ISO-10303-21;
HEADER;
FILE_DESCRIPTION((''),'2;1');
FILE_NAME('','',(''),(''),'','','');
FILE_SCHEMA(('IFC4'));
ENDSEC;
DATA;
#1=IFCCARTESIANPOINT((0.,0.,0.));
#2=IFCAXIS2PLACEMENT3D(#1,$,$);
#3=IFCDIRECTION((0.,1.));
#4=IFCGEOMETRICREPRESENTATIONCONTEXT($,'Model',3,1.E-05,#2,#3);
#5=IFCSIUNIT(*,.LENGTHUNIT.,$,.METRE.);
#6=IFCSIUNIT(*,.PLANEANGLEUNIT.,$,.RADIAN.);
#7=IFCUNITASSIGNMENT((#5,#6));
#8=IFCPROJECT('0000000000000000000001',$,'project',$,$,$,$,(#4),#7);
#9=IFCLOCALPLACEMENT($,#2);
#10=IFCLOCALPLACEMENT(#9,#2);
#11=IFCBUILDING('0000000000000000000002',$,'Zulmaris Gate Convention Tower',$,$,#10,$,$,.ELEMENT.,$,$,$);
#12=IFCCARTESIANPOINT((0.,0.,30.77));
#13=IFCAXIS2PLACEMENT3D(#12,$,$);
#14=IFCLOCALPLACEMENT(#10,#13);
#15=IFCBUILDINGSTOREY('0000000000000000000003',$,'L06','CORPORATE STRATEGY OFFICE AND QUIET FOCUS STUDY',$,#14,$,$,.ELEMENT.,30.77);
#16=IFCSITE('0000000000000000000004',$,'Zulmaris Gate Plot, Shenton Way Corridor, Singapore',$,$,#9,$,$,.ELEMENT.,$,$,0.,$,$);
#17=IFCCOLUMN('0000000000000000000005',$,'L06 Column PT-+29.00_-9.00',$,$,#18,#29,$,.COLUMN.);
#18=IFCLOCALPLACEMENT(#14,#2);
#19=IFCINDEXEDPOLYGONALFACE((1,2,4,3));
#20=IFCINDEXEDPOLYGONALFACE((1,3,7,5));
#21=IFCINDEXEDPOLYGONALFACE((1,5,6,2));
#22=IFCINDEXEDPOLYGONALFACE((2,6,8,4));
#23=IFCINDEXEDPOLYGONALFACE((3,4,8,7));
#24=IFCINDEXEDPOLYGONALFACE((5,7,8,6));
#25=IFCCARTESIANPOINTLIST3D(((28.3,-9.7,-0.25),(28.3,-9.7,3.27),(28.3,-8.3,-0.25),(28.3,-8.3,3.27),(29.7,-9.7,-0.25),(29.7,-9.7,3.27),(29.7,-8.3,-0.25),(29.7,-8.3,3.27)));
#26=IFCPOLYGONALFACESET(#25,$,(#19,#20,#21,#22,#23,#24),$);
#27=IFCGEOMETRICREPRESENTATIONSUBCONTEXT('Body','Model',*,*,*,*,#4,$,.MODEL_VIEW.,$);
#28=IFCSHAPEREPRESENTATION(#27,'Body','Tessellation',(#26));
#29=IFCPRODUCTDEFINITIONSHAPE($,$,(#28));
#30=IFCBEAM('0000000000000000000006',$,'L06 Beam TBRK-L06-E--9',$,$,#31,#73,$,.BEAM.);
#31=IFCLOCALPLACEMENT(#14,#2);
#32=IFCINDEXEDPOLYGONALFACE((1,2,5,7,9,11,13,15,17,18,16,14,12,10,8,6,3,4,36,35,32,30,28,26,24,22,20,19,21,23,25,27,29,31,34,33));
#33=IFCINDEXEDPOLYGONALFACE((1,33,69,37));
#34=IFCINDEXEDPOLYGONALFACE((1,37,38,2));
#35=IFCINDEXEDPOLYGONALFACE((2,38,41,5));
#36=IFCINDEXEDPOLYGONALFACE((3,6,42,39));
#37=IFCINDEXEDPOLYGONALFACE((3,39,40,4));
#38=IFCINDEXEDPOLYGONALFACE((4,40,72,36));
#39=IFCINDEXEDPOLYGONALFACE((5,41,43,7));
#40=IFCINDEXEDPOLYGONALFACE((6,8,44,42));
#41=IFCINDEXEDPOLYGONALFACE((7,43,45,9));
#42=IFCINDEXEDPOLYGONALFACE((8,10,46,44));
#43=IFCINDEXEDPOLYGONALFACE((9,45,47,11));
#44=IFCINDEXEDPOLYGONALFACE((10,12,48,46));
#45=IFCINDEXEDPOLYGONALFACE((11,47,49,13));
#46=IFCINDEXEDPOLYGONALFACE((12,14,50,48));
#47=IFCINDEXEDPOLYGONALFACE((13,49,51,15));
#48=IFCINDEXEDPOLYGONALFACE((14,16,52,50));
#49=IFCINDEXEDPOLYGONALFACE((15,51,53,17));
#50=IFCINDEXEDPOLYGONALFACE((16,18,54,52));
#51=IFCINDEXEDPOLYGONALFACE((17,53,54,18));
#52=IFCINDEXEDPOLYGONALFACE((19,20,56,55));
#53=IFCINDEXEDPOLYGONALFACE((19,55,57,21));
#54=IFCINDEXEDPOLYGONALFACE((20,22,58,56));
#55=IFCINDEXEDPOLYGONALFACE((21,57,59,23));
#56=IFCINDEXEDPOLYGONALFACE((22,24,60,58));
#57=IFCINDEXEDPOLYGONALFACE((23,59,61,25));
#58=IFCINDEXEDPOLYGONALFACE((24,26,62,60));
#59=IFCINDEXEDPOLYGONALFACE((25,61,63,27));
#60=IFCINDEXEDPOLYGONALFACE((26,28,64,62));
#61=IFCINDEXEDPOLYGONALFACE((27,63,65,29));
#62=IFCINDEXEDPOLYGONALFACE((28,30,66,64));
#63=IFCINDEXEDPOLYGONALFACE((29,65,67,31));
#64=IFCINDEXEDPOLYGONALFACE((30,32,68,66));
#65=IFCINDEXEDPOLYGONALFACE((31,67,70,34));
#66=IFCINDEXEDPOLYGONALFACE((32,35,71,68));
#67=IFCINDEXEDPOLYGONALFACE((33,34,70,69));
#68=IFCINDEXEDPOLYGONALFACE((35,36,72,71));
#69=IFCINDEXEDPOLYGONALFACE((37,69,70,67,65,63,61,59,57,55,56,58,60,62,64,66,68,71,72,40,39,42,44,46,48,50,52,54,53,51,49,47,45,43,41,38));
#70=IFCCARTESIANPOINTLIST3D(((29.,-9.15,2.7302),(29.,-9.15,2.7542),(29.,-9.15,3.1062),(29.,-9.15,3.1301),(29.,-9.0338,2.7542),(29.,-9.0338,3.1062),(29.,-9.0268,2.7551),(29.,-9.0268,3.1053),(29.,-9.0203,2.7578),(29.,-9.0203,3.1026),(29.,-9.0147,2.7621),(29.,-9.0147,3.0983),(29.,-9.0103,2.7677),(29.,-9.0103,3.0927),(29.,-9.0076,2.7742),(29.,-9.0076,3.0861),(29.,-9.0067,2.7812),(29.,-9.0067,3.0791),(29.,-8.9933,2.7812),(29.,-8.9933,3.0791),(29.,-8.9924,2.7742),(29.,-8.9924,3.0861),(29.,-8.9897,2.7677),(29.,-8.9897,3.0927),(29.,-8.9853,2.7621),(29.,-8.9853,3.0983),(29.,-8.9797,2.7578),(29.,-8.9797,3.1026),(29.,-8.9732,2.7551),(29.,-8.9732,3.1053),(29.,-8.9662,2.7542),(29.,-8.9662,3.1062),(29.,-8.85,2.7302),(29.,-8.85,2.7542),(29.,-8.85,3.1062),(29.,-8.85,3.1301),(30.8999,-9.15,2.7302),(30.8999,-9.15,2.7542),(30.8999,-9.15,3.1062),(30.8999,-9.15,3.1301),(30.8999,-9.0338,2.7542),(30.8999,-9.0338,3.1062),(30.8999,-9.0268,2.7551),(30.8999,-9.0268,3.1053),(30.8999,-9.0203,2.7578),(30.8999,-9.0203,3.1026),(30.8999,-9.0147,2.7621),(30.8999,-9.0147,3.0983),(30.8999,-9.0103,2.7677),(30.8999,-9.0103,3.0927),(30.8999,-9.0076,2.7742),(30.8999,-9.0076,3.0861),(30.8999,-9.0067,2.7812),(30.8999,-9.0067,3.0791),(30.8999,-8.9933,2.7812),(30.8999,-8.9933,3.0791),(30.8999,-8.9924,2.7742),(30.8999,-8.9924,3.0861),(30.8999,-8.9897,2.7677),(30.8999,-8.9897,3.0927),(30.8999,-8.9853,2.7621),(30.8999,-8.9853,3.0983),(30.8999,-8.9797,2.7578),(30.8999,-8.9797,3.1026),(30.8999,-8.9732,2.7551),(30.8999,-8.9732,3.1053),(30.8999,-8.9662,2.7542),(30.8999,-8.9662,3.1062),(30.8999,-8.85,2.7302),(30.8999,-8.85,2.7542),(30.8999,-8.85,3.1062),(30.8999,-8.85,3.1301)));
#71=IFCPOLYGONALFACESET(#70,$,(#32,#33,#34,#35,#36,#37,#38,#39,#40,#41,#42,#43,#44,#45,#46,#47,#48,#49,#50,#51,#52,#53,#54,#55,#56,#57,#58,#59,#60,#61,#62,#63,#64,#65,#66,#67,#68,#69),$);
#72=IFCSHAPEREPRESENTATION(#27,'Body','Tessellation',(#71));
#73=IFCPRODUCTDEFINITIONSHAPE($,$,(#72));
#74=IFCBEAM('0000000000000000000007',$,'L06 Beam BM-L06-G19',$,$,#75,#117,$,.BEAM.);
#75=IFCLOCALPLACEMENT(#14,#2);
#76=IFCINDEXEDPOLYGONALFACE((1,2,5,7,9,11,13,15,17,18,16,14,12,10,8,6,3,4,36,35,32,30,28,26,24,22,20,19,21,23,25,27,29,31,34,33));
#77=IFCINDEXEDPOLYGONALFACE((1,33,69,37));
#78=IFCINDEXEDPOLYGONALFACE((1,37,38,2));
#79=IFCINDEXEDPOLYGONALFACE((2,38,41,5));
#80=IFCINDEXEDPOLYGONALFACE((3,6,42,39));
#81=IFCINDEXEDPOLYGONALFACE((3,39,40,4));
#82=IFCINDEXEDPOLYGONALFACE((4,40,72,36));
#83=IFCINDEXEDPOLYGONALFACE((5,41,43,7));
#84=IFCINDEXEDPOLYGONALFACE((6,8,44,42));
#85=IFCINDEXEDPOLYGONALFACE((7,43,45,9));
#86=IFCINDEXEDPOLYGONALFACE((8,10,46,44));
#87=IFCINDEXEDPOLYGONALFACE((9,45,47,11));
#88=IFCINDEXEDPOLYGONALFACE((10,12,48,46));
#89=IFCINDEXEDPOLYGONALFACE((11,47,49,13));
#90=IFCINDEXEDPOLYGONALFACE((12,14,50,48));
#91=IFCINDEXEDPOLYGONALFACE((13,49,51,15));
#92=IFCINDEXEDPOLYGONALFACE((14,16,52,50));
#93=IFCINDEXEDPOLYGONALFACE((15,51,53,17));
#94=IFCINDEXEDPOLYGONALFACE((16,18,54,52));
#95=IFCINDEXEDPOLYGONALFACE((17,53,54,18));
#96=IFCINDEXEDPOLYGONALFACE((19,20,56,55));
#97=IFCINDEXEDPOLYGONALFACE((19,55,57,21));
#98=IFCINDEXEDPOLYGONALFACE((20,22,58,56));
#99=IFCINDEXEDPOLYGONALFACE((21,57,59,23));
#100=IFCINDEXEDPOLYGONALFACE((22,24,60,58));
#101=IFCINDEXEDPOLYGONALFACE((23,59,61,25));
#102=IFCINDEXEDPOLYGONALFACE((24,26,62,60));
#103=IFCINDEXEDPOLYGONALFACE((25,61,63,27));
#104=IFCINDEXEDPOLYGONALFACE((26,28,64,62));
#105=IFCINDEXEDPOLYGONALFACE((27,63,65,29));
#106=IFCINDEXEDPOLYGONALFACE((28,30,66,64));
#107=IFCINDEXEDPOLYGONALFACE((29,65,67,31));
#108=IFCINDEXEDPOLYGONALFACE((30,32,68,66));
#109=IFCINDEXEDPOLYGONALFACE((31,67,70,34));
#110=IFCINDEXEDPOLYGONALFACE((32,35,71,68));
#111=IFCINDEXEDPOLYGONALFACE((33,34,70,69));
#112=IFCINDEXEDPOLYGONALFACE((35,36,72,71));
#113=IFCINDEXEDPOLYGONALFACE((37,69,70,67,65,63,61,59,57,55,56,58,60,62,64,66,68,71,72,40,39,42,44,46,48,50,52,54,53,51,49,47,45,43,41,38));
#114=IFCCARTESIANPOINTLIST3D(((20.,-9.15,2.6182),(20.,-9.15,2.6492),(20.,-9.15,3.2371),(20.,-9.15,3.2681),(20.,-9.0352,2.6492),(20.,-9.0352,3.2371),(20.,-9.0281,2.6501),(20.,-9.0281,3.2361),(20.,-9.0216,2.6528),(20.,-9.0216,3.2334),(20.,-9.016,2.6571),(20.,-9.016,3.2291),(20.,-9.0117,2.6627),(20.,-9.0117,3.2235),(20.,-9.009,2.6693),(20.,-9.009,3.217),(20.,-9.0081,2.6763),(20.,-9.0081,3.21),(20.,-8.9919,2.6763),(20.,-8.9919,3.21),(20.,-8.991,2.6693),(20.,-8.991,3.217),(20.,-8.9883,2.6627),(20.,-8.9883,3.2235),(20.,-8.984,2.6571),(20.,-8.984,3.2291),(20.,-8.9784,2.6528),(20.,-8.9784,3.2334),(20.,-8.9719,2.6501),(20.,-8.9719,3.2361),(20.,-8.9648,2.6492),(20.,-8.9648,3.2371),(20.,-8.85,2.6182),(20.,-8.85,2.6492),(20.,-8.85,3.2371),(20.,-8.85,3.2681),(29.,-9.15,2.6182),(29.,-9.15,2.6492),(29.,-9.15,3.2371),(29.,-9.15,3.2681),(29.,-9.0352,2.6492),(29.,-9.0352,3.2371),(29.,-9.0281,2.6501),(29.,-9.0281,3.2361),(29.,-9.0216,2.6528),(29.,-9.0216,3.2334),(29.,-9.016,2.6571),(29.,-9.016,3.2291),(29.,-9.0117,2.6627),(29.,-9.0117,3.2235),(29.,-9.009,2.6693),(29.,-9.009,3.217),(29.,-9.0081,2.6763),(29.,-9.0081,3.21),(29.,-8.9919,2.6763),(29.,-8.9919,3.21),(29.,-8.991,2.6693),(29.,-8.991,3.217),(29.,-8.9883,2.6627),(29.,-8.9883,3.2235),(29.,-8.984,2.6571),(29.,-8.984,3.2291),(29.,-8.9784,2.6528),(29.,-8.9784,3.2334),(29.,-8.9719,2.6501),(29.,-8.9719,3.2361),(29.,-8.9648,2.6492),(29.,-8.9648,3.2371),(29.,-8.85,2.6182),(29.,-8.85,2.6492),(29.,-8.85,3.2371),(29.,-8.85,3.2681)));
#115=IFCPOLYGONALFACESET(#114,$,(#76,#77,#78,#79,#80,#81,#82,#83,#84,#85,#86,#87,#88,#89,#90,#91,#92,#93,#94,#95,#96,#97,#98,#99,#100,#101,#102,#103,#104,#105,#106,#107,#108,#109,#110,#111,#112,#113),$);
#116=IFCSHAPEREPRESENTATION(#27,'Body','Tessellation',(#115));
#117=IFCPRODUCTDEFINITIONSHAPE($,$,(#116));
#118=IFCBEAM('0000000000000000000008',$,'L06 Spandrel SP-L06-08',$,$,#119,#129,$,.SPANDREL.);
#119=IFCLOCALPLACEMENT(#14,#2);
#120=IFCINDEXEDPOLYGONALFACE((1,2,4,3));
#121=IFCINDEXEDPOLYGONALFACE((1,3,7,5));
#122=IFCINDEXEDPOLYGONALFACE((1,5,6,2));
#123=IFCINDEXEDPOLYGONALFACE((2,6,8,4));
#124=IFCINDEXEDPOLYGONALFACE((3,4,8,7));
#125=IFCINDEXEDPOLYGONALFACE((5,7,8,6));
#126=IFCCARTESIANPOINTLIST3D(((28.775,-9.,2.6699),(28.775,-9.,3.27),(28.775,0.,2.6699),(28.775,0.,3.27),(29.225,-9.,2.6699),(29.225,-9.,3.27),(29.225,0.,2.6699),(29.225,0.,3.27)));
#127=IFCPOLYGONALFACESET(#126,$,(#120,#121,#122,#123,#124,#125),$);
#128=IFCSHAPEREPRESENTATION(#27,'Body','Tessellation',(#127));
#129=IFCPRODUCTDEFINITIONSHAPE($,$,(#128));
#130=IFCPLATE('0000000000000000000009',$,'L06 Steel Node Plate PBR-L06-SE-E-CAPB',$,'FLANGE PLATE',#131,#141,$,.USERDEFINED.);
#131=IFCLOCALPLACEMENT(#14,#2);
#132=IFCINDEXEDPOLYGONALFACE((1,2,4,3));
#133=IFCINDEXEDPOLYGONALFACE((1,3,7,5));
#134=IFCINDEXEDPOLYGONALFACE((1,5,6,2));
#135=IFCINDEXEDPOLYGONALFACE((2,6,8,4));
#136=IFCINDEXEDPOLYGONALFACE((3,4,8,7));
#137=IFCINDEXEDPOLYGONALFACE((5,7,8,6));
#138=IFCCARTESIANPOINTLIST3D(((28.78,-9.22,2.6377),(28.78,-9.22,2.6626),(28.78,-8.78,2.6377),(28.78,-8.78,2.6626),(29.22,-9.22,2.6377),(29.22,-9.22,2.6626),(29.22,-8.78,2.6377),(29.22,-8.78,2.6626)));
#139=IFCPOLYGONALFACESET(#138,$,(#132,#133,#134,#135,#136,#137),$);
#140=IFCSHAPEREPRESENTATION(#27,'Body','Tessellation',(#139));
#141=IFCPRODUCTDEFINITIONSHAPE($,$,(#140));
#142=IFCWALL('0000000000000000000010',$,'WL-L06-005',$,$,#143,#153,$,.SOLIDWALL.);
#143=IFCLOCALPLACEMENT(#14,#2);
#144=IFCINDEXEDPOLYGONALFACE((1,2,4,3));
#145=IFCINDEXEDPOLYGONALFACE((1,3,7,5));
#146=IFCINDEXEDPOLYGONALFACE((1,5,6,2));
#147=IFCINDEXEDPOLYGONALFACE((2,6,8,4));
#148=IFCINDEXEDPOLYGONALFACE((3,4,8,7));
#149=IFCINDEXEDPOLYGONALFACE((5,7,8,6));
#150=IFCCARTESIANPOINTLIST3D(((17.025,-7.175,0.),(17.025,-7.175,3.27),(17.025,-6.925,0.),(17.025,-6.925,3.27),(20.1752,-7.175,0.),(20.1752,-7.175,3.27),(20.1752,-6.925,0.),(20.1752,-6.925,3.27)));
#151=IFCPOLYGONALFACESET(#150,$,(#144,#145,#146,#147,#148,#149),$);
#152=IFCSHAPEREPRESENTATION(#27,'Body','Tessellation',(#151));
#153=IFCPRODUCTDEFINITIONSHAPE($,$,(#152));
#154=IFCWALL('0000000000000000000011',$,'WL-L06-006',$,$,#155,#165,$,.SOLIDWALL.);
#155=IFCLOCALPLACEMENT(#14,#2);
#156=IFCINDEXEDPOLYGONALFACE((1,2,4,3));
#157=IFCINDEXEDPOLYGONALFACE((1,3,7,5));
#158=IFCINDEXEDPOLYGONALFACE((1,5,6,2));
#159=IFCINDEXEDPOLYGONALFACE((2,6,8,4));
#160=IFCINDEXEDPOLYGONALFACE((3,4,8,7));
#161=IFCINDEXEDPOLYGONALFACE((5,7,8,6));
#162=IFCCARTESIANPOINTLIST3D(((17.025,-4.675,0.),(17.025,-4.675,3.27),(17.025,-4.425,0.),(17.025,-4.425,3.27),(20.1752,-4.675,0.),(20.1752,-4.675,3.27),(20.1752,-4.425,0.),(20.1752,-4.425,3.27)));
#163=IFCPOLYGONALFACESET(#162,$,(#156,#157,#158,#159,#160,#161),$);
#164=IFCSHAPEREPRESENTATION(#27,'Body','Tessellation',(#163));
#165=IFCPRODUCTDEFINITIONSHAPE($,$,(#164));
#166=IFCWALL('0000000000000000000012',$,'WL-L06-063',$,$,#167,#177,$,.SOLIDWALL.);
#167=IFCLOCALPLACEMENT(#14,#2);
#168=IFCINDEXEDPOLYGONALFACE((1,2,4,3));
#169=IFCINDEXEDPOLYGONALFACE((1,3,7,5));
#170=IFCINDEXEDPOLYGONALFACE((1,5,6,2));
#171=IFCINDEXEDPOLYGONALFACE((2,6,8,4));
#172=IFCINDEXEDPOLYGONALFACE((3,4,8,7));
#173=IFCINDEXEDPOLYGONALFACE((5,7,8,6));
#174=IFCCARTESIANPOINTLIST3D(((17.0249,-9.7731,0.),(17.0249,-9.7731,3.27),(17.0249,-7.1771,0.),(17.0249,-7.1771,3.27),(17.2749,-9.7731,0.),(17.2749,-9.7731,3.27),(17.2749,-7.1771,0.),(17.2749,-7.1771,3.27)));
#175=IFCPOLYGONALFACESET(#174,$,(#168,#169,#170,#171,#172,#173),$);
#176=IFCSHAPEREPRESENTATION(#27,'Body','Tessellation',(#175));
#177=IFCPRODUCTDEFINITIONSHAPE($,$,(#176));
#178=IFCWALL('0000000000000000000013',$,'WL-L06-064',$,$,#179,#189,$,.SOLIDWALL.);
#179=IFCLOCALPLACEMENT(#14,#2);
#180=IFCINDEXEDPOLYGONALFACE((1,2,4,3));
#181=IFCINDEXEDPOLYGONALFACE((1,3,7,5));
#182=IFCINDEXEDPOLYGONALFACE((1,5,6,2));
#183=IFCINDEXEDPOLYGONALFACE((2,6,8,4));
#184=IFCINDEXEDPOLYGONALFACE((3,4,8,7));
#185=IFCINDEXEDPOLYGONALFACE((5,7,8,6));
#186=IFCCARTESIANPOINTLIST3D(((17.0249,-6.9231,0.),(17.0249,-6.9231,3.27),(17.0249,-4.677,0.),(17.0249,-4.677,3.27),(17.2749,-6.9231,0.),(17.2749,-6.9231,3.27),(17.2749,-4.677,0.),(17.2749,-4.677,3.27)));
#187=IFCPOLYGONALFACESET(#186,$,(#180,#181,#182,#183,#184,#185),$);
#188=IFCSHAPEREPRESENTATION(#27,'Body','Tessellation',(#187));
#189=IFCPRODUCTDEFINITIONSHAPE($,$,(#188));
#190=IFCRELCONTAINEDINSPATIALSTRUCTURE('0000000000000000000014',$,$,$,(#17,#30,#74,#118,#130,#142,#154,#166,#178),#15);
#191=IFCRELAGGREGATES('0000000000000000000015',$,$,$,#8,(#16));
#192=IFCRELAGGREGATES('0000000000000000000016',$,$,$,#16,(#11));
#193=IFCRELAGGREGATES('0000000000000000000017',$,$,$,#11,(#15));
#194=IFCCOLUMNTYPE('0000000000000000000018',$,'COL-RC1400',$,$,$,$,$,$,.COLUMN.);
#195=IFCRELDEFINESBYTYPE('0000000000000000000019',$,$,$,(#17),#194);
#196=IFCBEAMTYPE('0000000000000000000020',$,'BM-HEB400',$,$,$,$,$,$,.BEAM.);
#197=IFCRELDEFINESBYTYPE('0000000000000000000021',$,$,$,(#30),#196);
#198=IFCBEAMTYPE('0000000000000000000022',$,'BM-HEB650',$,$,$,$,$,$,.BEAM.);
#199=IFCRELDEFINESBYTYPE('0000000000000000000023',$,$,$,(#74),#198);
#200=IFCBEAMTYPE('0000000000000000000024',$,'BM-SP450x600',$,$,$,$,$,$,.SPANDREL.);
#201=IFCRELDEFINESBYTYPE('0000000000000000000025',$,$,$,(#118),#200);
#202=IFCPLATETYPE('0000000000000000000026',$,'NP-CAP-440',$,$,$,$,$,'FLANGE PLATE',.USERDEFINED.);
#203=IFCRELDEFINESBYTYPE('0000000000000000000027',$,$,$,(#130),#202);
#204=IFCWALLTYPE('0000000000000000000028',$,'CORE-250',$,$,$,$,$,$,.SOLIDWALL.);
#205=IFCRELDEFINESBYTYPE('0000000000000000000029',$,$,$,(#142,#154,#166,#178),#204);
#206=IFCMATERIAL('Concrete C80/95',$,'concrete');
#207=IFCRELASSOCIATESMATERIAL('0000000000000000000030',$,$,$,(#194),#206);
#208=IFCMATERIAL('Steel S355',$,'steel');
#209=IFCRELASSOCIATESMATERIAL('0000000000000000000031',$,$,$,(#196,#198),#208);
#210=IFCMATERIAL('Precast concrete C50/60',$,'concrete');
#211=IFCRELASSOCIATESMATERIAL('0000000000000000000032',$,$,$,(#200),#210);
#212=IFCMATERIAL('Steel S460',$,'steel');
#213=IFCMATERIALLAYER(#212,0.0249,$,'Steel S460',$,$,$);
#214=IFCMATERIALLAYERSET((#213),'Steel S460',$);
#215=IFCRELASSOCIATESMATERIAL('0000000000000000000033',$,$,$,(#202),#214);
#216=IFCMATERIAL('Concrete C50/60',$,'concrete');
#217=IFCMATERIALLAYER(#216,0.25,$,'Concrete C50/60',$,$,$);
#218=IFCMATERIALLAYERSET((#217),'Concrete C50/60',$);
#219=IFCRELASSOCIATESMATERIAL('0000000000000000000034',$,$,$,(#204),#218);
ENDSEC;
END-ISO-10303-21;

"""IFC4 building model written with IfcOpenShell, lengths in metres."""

from ifc_helpers import new_model, si_unit, direction, frame, frame_2d, origin, origin_2d, place, context, subcontext, project, spatial, rectangle, i_section, extrude, material, layer, layer_set, material_profile, profile_set, type_object, element, save


model = new_model("IFC4")

# Units and contexts
model_context = context("Model", 3, precision=1e-05, world=origin(), true_north=direction((0.0, 1.0)))
body_context = subcontext(model_context, "Body", "Model", "MODEL_VIEW")
ifc_project = project(units=[si_unit("LENGTHUNIT", "METRE"), si_unit("PLANEANGLEUNIT", "RADIAN")], contexts=[model_context])

# Site, building, storey
site_placement = place(None, origin())
site = spatial("IfcSite", under=ifc_project, at=site_placement, Name="Zulmaris Gate Plot, Shenton Way Corridor, Singapore", CompositionType="ELEMENT", RefElevation=0.0)
building_placement = place(site_placement, origin())
building = spatial("IfcBuilding", under=site, at=building_placement, Name="Zulmaris Gate Convention Tower", CompositionType="ELEMENT")
storey_placement = place(building_placement, frame((0.0, 0.0, 30.77)))
storey = spatial("IfcBuildingStorey", under=building, at=storey_placement, Name="L06", Description="CORPORATE STRATEGY OFFICE AND QUIET FOCUS STUDY", CompositionType="ELEMENT", Elevation=30.77)

# Column
ifc_material_1 = material(Name="Concrete C80/95", Category="concrete")
ifc_material_profile_1 = material_profile(ifc_material_1, rectangle(XDim=1.3999, YDim=1.3999, at=origin_2d()), Name="RC COL 1400x1400")
ifc_profile_set_1 = profile_set([ifc_material_profile_1], Name="Concrete C80/95")
column_type = type_object("IfcColumnType", Name="COL-RC1400", PredefinedType="COLUMN", material=ifc_profile_set_1)
column_placement = place(storey_placement, frame((29.0, -9.0, -0.25), z_axis=(0.0, 0.0, 1.0), x_axis=(1.0, 0.0, 0.0)))
element("IfcColumn", 1, at=column_placement, inside=storey, type_object=column_type, Name="L06 Column PT-+29.00_-9.00", PredefinedType="COLUMN", context=body_context, shape_type="SweptSolid", body=[
    extrude(rectangle(XDim=1.3999, YDim=1.3999, at=origin_2d()), origin(), (0.0, 0.0, 1.0), 3.52),
])

# Beams
ifc_material_2 = material(Name="Steel S355", Category="steel")
ifc_material_profile_2 = material_profile(ifc_material_2, i_section(OverallWidth=0.3, OverallDepth=0.3999, WebThickness=0.0134, FlangeThickness=0.0239, FilletRadius=0.0271, at=origin_2d()), Name="HEB 400")
ifc_profile_set_2 = profile_set([ifc_material_profile_2], Name="Steel S355")
beam_type_1 = type_object("IfcBeamType", Name="BM-HEB400", PredefinedType="BEAM", material=ifc_profile_set_2)
beam_1_placement = place(storey_placement, frame((29.0, -9.0, 2.9302), z_axis=(1.0, 0.0, 0.0), x_axis=(0.0, 1.0, 0.0)))
element("IfcBeam", 2, at=beam_1_placement, inside=storey, type_object=beam_type_1, Name="L06 Beam TBRK-L06-E--9", PredefinedType="BEAM", context=body_context, shape_type="SweptSolid", body=[
    extrude(i_section(OverallWidth=0.3, OverallDepth=0.3999, WebThickness=0.0134, FlangeThickness=0.0239, FilletRadius=0.0271, at=origin_2d()), origin(), (0.0, 0.0, 1.0), 1.8999),
])
ifc_material_profile_3 = material_profile(ifc_material_2, i_section(OverallWidth=0.3, OverallDepth=0.6499, WebThickness=0.0161, FlangeThickness=0.031, FilletRadius=0.0271, at=origin_2d()), Name="HEB 650")
ifc_profile_set_3 = profile_set([ifc_material_profile_3], Name="Steel S355")
beam_type_2 = type_object("IfcBeamType", Name="BM-HEB650", PredefinedType="BEAM", material=ifc_profile_set_3)
beam_2_placement = place(storey_placement, frame((20.0, -9.0, 2.9431), z_axis=(1.0, 0.0, 0.0), x_axis=(0.0, 1.0, 0.0)))
element("IfcBeam", 3, at=beam_2_placement, inside=storey, type_object=beam_type_2, Name="L06 Beam BM-L06-G19", PredefinedType="BEAM", context=body_context, shape_type="SweptSolid", body=[
    extrude(i_section(OverallWidth=0.3, OverallDepth=0.6499, WebThickness=0.0161, FlangeThickness=0.031, FilletRadius=0.0271, at=origin_2d()), origin(), (0.0, 0.0, 1.0), 9.0),
])
ifc_material_3 = material(Name="Precast concrete C50/60", Category="concrete")
ifc_material_profile_4 = material_profile(ifc_material_3, rectangle(XDim=0.45, YDim=0.6001, at=origin_2d()), Name="RC SPANDREL 450x600")
ifc_profile_set_4 = profile_set([ifc_material_profile_4], Name="Precast concrete C50/60")
beam_type_3 = type_object("IfcBeamType", Name="BM-SP450x600", PredefinedType="SPANDREL", material=ifc_profile_set_4)
beam_3_placement = place(storey_placement, frame((29.0, -9.0, 2.97), z_axis=(0.0, 1.0, 0.0), x_axis=(-1.0, 0.0, 0.0)))
element("IfcBeam", 4, at=beam_3_placement, inside=storey, type_object=beam_type_3, Name="L06 Spandrel SP-L06-08", PredefinedType="SPANDREL", context=body_context, shape_type="SweptSolid", body=[
    extrude(rectangle(XDim=0.45, YDim=0.6001, at=origin_2d()), origin(), (0.0, 0.0, 1.0), 9.0),
])

# Plate
ifc_material_4 = material(Name="Steel S460", Category="steel")
ifc_layer_1 = layer(ifc_material_4, 0.0249, Name="Steel S460")
ifc_layer_set_1 = layer_set([ifc_layer_1], Name="Steel S460")
plate_type = type_object("IfcPlateType", Name="NP-CAP-440", ElementType="FLANGE PLATE", PredefinedType="USERDEFINED", material=ifc_layer_set_1)
plate_placement = place(storey_placement, frame((29.0, -9.0, 2.6377), z_axis=(0.0, 0.0, 1.0), x_axis=(1.0, 0.0, 0.0)))
element("IfcPlate", 5, at=plate_placement, inside=storey, type_object=plate_type, Name="L06 Steel Node Plate PBR-L06-SE-E-CAPB", ObjectType="FLANGE PLATE", PredefinedType="USERDEFINED", context=body_context, shape_type="SweptSolid", body=[
    extrude(rectangle(XDim=0.4399, YDim=0.4399, at=origin_2d()), origin(), (0.0, 0.0, 1.0), 0.0249),
])

# Walls
ifc_material_5 = material(Name="Concrete C50/60", Category="concrete")
ifc_layer_2 = layer(ifc_material_5, 0.25, Name="Concrete C50/60")
ifc_layer_set_2 = layer_set([ifc_layer_2], Name="Concrete C50/60")
wall_type_1 = type_object("IfcWallType", Name="CORE-250", PredefinedType="SOLIDWALL", material=ifc_layer_set_2)
for number, where, z_axis, x_axis, name in (
    (6, (17.0249, -7.05, 0.0), (0.0, 0.0, 1.0), (1.0, 0.0, 0.0), "WL-L06-005"),
    (7, (17.0249, -4.55, 0.0), (0.0, 0.0, 1.0), (1.0, 0.0, 0.0), "WL-L06-006"),
):
    element("IfcWall", number, at=place(storey_placement, frame(where, z_axis=z_axis, x_axis=x_axis)), inside=storey, type_object=wall_type_1, Name=name, PredefinedType="SOLIDWALL", context=body_context, shape_type="SweptSolid", body=[
        extrude(rectangle(XDim=3.1501, YDim=0.25, at=frame_2d((1.5752, 0.0))), origin(), (0.0, 0.0, 1.0), 3.27),
    ])
wall_1_placement = place(storey_placement, frame((17.1499, -9.7729, 0.0), z_axis=(0.0, 0.0, 1.0), x_axis=(0.0, 1.0, 0.0)))
element("IfcWall", 8, at=wall_1_placement, inside=storey, type_object=wall_type_1, Name="WL-L06-063", PredefinedType="SOLIDWALL", context=body_context, shape_type="SweptSolid", body=[
    extrude(rectangle(XDim=2.5959, YDim=0.25, at=frame_2d((1.2979, 0.0))), origin(), (0.0, 0.0, 1.0), 3.27),
])
wall_2_placement = place(storey_placement, frame((17.1499, -6.9231, 0.0), z_axis=(0.0, 0.0, 1.0), x_axis=(0.0, 1.0, 0.0)))
element("IfcWall", 9, at=wall_2_placement, inside=storey, type_object=wall_type_1, Name="WL-L06-064", PredefinedType="SOLIDWALL", context=body_context, shape_type="SweptSolid", body=[
    extrude(rectangle(XDim=2.2461, YDim=0.25, at=frame_2d((1.123, 0.0))), origin(), (0.0, 0.0, 1.0), 3.27),
])

save(model, "model.ifc")
